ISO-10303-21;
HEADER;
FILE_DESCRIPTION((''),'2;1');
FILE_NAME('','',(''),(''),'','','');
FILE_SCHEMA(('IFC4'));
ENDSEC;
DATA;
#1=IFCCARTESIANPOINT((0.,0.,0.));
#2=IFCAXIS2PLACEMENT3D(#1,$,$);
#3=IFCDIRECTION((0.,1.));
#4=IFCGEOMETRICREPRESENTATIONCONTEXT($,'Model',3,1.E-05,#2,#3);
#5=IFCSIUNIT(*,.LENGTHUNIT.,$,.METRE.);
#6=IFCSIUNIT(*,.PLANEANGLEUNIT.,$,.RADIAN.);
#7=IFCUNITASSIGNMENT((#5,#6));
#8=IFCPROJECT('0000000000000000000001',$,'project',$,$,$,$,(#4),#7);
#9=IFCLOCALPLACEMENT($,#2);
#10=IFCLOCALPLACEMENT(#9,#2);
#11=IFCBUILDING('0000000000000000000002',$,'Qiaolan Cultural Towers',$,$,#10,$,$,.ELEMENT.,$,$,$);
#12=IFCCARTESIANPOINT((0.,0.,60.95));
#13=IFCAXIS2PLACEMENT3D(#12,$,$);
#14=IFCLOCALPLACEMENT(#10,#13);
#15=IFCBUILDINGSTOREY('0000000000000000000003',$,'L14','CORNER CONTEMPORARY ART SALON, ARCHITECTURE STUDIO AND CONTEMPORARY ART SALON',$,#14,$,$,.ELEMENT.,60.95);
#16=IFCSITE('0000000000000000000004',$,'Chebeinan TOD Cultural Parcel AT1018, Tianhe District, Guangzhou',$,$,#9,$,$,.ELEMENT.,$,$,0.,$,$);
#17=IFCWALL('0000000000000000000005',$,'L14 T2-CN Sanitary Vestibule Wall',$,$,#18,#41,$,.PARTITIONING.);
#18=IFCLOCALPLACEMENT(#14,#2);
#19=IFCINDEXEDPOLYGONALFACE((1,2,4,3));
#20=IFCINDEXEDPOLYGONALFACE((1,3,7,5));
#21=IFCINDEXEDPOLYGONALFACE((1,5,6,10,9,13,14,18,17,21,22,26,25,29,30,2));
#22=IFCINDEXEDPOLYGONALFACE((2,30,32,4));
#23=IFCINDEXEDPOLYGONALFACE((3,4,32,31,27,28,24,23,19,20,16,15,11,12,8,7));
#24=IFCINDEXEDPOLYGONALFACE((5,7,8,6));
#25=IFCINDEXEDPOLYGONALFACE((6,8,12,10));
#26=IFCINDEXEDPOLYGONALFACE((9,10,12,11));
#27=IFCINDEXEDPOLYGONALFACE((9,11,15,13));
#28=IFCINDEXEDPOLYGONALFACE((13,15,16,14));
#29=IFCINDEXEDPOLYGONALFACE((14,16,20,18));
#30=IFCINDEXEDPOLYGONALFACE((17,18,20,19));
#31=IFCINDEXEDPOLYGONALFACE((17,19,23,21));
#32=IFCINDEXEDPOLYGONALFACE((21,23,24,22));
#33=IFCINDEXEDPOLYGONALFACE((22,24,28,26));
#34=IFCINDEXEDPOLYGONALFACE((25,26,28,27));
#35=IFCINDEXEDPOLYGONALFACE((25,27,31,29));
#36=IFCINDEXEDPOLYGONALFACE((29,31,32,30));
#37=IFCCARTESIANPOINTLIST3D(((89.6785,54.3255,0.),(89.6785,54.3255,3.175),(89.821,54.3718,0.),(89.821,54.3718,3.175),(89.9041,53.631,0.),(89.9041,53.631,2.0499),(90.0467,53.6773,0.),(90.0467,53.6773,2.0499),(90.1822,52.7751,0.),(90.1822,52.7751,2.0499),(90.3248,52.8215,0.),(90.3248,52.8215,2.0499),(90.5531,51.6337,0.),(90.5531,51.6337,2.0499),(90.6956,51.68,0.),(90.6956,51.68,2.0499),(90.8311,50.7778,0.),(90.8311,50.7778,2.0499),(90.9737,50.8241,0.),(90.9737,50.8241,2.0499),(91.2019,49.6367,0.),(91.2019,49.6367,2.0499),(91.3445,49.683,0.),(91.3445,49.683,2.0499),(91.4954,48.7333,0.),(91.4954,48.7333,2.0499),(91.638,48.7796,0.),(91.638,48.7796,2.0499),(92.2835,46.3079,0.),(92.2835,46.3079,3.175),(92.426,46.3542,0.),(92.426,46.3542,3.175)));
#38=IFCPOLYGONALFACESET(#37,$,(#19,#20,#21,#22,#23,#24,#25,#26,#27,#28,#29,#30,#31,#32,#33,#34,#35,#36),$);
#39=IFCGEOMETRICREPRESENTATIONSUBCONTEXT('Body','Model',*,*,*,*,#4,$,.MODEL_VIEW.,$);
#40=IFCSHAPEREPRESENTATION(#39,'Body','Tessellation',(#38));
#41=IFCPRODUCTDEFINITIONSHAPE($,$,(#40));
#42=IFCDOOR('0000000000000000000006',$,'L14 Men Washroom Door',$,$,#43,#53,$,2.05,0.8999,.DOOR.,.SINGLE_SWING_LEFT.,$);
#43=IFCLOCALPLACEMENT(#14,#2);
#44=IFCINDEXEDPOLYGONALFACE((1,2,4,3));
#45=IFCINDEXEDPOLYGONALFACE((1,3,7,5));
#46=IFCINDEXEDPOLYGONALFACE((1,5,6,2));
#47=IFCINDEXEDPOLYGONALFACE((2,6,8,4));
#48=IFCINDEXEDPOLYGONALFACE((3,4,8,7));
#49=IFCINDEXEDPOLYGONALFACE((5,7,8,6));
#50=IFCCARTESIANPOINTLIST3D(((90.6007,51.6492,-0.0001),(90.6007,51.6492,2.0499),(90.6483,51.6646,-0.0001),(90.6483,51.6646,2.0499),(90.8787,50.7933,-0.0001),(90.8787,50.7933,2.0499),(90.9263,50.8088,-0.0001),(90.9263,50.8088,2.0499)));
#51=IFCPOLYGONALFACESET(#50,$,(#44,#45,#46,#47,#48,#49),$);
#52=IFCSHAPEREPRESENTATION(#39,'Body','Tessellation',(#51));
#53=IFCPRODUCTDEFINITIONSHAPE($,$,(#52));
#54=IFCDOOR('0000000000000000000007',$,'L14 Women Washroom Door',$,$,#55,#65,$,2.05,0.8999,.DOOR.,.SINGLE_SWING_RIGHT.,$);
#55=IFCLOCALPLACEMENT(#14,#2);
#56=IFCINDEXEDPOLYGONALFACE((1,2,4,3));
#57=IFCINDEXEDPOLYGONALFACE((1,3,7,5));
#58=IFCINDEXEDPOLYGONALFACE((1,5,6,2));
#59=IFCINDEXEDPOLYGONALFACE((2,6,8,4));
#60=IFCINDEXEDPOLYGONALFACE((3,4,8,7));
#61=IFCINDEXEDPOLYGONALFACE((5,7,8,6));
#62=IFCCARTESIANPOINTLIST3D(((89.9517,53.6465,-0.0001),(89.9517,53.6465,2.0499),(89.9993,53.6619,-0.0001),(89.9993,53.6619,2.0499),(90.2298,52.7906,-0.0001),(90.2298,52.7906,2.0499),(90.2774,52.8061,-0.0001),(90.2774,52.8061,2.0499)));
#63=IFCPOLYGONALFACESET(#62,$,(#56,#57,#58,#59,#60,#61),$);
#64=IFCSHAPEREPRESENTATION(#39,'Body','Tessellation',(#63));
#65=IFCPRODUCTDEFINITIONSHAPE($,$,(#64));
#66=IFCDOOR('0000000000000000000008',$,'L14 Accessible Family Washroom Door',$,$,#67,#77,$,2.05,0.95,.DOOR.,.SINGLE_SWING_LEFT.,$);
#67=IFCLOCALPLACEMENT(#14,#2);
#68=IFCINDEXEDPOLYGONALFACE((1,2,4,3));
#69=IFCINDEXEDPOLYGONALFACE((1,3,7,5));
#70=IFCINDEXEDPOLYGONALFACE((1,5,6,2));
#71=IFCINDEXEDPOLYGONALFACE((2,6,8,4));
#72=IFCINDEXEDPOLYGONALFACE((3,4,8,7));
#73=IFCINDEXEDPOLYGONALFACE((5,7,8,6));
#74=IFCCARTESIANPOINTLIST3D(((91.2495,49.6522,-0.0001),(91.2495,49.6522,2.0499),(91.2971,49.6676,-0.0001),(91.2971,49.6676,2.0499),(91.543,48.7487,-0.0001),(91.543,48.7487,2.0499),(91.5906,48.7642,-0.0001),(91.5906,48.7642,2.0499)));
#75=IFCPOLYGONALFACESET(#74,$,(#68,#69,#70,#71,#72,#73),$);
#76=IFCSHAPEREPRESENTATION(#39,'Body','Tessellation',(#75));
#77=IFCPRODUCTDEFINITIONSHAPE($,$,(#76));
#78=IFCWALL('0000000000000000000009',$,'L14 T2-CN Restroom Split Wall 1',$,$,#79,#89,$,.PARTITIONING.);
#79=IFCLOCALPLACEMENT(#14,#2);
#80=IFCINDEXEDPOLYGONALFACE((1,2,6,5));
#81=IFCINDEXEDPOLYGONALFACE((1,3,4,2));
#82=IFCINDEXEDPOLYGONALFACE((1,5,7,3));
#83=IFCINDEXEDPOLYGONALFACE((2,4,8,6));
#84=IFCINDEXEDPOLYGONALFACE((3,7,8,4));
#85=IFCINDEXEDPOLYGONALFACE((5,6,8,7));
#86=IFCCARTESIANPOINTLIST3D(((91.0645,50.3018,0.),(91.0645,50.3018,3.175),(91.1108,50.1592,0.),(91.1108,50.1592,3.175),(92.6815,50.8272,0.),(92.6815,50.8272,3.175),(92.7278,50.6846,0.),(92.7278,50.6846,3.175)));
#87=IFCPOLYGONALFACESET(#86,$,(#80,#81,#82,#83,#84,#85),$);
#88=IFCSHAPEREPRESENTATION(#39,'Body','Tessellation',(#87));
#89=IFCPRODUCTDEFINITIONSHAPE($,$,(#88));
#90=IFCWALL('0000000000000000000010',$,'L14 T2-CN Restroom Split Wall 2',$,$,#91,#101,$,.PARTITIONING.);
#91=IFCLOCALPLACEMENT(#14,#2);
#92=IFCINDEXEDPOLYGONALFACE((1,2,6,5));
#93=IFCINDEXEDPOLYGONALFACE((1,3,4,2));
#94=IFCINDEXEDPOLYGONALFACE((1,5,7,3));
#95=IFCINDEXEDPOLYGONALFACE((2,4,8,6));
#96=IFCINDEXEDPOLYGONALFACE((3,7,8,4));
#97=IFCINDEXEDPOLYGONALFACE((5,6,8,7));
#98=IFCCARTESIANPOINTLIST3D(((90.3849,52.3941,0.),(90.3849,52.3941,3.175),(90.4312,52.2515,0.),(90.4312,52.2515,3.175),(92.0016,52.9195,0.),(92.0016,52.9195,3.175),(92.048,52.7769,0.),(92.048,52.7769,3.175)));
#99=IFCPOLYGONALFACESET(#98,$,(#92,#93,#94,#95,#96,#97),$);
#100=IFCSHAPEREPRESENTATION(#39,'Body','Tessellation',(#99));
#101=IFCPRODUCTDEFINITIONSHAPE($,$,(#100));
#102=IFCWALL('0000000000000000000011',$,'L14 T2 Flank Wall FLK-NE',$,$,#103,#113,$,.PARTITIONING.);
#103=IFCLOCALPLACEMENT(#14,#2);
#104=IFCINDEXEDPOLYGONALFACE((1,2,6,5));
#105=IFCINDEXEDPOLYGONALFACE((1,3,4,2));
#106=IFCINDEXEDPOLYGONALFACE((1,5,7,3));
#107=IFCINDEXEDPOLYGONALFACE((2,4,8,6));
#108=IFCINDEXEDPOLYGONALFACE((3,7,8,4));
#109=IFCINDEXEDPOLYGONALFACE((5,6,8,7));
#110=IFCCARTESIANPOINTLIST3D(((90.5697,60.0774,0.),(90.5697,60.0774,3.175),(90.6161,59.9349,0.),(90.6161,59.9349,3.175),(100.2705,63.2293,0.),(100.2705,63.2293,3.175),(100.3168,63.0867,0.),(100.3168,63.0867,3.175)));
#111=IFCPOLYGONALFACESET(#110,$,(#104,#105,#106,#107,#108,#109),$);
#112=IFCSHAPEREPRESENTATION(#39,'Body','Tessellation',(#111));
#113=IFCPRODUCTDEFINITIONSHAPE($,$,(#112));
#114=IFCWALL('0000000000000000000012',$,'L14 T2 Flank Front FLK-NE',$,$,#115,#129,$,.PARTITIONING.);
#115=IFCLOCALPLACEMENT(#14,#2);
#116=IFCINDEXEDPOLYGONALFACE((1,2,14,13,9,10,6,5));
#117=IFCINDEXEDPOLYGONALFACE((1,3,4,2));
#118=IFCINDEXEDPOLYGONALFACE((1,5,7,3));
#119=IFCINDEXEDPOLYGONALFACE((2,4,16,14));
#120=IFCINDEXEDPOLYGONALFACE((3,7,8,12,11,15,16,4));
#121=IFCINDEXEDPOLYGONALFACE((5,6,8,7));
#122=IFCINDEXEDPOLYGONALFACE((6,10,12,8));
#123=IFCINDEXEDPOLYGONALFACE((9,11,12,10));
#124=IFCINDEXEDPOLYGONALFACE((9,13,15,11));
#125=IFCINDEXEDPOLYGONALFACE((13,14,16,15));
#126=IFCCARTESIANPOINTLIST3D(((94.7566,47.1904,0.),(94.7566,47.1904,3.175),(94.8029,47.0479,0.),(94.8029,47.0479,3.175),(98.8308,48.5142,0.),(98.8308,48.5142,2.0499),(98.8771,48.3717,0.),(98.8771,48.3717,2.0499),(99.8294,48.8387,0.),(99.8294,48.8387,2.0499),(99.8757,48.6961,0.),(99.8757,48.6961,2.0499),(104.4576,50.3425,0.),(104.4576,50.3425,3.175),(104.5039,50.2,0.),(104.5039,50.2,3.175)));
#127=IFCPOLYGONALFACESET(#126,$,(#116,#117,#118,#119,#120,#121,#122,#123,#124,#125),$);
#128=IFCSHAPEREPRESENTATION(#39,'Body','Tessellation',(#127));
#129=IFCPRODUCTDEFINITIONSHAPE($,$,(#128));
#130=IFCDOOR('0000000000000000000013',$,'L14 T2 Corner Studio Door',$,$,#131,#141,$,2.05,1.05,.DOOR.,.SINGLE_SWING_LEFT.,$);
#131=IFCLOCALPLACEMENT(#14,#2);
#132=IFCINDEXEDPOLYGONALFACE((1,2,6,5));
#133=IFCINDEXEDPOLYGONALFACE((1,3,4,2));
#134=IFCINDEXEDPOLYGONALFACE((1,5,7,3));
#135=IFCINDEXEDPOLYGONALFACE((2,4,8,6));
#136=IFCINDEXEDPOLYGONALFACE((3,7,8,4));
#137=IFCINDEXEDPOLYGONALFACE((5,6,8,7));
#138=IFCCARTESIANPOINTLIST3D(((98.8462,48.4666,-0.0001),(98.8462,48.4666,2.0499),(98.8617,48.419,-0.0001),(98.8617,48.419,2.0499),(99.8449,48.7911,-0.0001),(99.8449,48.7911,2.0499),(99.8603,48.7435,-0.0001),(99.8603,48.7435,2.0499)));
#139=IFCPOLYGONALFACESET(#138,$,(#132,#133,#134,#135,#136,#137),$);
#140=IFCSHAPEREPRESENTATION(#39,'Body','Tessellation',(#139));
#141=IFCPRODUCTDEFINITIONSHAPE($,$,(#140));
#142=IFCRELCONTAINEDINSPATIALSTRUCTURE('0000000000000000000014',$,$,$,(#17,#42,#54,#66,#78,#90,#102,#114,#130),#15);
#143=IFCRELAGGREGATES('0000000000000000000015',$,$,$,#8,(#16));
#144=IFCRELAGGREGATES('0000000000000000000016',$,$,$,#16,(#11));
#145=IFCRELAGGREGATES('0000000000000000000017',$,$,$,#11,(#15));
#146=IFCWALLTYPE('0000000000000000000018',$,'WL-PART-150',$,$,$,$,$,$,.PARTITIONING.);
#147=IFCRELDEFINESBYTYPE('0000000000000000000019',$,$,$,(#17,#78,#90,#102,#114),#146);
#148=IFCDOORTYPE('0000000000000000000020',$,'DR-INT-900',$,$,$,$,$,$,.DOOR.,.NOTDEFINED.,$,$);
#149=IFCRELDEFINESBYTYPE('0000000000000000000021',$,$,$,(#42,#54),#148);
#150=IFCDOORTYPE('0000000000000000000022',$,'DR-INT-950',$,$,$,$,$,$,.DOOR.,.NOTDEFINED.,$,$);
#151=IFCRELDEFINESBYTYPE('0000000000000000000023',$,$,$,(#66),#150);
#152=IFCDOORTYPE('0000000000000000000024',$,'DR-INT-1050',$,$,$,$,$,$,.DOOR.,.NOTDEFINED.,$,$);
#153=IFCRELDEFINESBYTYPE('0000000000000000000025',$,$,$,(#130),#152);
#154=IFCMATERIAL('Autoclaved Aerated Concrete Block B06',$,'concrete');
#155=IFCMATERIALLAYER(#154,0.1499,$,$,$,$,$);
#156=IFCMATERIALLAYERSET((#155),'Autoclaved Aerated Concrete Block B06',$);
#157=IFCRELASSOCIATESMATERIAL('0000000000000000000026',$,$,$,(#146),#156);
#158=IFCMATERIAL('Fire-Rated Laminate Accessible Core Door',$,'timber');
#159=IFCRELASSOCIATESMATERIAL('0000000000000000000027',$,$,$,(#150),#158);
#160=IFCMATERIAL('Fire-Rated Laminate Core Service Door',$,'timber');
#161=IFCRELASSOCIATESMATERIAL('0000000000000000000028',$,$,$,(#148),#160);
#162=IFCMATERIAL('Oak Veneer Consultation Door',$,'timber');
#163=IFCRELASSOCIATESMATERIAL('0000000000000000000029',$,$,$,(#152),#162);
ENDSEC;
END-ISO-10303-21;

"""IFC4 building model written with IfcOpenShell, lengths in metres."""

from ifc_helpers import new_model, si_unit, direction, frame, frame_2d, origin, place, context, subcontext, project, spatial, rectangle, extrude, material, layer, layer_set, type_object, element, fill, save


model = new_model("IFC4")

# Units and contexts
model_context = context("Model", 3, precision=1e-05, world=origin(), true_north=direction((0.0, 1.0)))
body_context = subcontext(model_context, "Body", "Model", "MODEL_VIEW")
ifc_project = project(units=[si_unit("LENGTHUNIT", "METRE"), si_unit("PLANEANGLEUNIT", "RADIAN")], contexts=[model_context])

# Site, building, storey
site_placement = place(None, origin())
site = spatial("IfcSite", under=ifc_project, at=site_placement, Name="Chebeinan TOD Cultural Parcel AT1018, Tianhe District, Guangzhou", CompositionType="ELEMENT", RefElevation=0.0)
building_placement = place(site_placement, origin())
building = spatial("IfcBuilding", under=site, at=building_placement, Name="Qiaolan Cultural Towers", CompositionType="ELEMENT")
storey_placement = place(building_placement, frame((0.0, 0.0, 60.95)))
storey = spatial("IfcBuildingStorey", under=building, at=storey_placement, Name="L14", Description="CORNER CONTEMPORARY ART SALON, ARCHITECTURE STUDIO AND CONTEMPORARY ART SALON", CompositionType="ELEMENT", Elevation=60.95)

# Shared definitions
ifc_material_1 = material(Name="Autoclaved Aerated Concrete Block B06", Category="concrete")
ifc_layer_1 = layer(ifc_material_1, 0.1499)
ifc_layer_set_1 = layer_set([ifc_layer_1], Name="Autoclaved Aerated Concrete Block B06")
wall_type_1 = type_object("IfcWallType", Name="WL-PART-150", PredefinedType="PARTITIONING", material=ifc_layer_set_1)
ifc_material_2 = material(Name="Fire-Rated Laminate Accessible Core Door", Category="timber")
door_type_1 = type_object("IfcDoorType", Name="DR-INT-950", OperationType="NOTDEFINED", PredefinedType="DOOR", material=ifc_material_2)

# Wall, openings, doors
wall_1_placement = place(storey_placement, frame((92.3547, 46.3311, 0.0), z_axis=(0.0, 0.0, 1.0), x_axis=(-0.309007, 0.95106, 0.0)))
wall_1 = element("IfcWall", 1, at=wall_1_placement, inside=storey, type_object=wall_type_1, Name="L14 T2-CN Sanitary Vestibule Wall", PredefinedType="PARTITIONING", context=body_context, shape_type="SweptSolid", body=[
    extrude(rectangle(XDim=8.4302, YDim=0.1499, at=frame_2d((4.2151, 0.0))), origin(), (0.0, 0.0, 1.0), 3.175),
])
opening_1_placement = place(wall_1_placement, frame((2.55, 0.0, 0.0)))
opening_1 = element("IfcOpeningElement", 2, at=opening_1_placement, cuts=wall_1, PredefinedType="OPENING", context=body_context, shape_type="SweptSolid", body=[
    extrude(rectangle(XDim=0.95, YDim=2.05, at=frame_2d((0.4751, 1.0249))), frame((0.0, 0.085, 0.0), z_axis=(0.0, -1.0, 0.0), x_axis=(1.0, 0.0, 0.0)), (0.0, 0.0, 1.0), 0.1699),
])
opening_2_placement = place(wall_1_placement, frame((4.7, 0.0, 0.0)))
opening_2 = element("IfcOpeningElement", 3, at=opening_2_placement, cuts=wall_1, PredefinedType="OPENING", context=body_context, shape_type="SweptSolid", body=[
    extrude(rectangle(XDim=0.8999, YDim=2.05, at=frame_2d((0.45, 1.0249))), frame((0.0, 0.085, 0.0), z_axis=(0.0, -1.0, 0.0), x_axis=(1.0, 0.0, 0.0)), (0.0, 0.0, 1.0), 0.1699),
])
opening_3_placement = place(wall_1_placement, frame((6.8, 0.0, 0.0)))
opening_3 = element("IfcOpeningElement", 4, at=opening_3_placement, cuts=wall_1, PredefinedType="OPENING", context=body_context, shape_type="SweptSolid", body=[
    extrude(rectangle(XDim=0.8999, YDim=2.05, at=frame_2d((0.45, 1.0249))), frame((0.0, 0.085, 0.0), z_axis=(0.0, -1.0, 0.0), x_axis=(1.0, 0.0, 0.0)), (0.0, 0.0, 1.0), 0.1699),
])
ifc_material_3 = material(Name="Fire-Rated Laminate Core Service Door", Category="timber")
door_type_2 = type_object("IfcDoorType", Name="DR-INT-900", OperationType="NOTDEFINED", PredefinedType="DOOR", material=ifc_material_3)
door_1_placement = place(opening_2_placement, origin())
door_1 = element("IfcDoor", 5, at=door_1_placement, inside=storey, type_object=door_type_2, Name="L14 Men Washroom Door", OperationType="SINGLE_SWING_LEFT", OverallHeight=2.05, OverallWidth=0.8999, PredefinedType="DOOR", context=body_context, shape_type="SweptSolid", body=[
    extrude(rectangle(XDim=0.8999, YDim=2.05, at=frame_2d((0.45, 1.0249))), frame((0.0, 0.0249, 0.0), z_axis=(0.0, -1.0, 0.0), x_axis=(1.0, 0.0, 0.0)), (0.0, 0.0, 1.0), 0.05),
])
fill(opening_2, door_1)
door_2_placement = place(opening_3_placement, origin())
door_2 = element("IfcDoor", 6, at=door_2_placement, inside=storey, type_object=door_type_2, Name="L14 Women Washroom Door", OperationType="SINGLE_SWING_RIGHT", OverallHeight=2.05, OverallWidth=0.8999, PredefinedType="DOOR", context=body_context, shape_type="SweptSolid", body=[
    extrude(rectangle(XDim=0.8999, YDim=2.05, at=frame_2d((0.45, 1.0249))), frame((0.0, 0.0249, 0.0), z_axis=(0.0, -1.0, 0.0), x_axis=(1.0, 0.0, 0.0)), (0.0, 0.0, 1.0), 0.05),
])
fill(opening_3, door_2)
door_3_placement = place(opening_1_placement, origin())
door_3 = element("IfcDoor", 7, at=door_3_placement, inside=storey, type_object=door_type_1, Name="L14 Accessible Family Washroom Door", OperationType="SINGLE_SWING_LEFT", OverallHeight=2.05, OverallWidth=0.95, PredefinedType="DOOR", context=body_context, shape_type="SweptSolid", body=[
    extrude(rectangle(XDim=0.95, YDim=2.05, at=frame_2d((0.4751, 1.0249))), frame((0.0, 0.0249, 0.0), z_axis=(0.0, -1.0, 0.0), x_axis=(1.0, 0.0, 0.0)), (0.0, 0.0, 1.0), 0.05),
])
fill(opening_1, door_3)

# Walls
wall_2_placement = place(storey_placement, frame((91.0876, 50.2305, 0.0), z_axis=(0.0, 0.0, 1.0), x_axis=(0.951054, 0.309024, 0.0)))
element("IfcWall", 8, at=wall_2_placement, inside=storey, type_object=wall_type_1, Name="L14 T2-CN Restroom Split Wall 1", PredefinedType="PARTITIONING", context=body_context, shape_type="SweptSolid", body=[
    extrude(rectangle(XDim=1.7002, YDim=0.1499, at=frame_2d((0.8501, 0.0))), origin(), (0.0, 0.0, 1.0), 3.175),
])
wall_3_placement = place(storey_placement, frame((90.408, 52.3228, 0.0), z_axis=(0.0, 0.0, 1.0), x_axis=(0.95104, 0.309067, 0.0)))
element("IfcWall", 9, at=wall_3_placement, inside=storey, type_object=wall_type_1, Name="L14 T2-CN Restroom Split Wall 2", PredefinedType="PARTITIONING", context=body_context, shape_type="SweptSolid", body=[
    extrude(rectangle(XDim=1.7, YDim=0.1499, at=frame_2d((0.8501, 0.0))), origin(), (0.0, 0.0, 1.0), 3.175),
])
wall_4_placement = place(storey_placement, frame((90.5928, 60.0061, 0.0), z_axis=(0.0, 0.0, 1.0), x_axis=(0.951059, 0.309009, 0.0)))
element("IfcWall", 10, at=wall_4_placement, inside=storey, type_object=wall_type_1, Name="L14 T2 Flank Wall FLK-NE", PredefinedType="PARTITIONING", context=body_context, shape_type="SweptSolid", body=[
    extrude(rectangle(XDim=10.2, YDim=0.1499, at=frame_2d((5.1001, 0.0))), origin(), (0.0, 0.0, 1.0), 3.175),
])

# Wall, opening, door
wall_5_placement = place(storey_placement, frame((94.7798, 47.1191, 0.0), z_axis=(0.0, 0.0, 1.0), x_axis=(0.951054, 0.309024, 0.0)))
wall_5 = element("IfcWall", 11, at=wall_5_placement, inside=storey, type_object=wall_type_1, Name="L14 T2 Flank Front FLK-NE", PredefinedType="PARTITIONING", context=body_context, shape_type="SweptSolid", body=[
    extrude(rectangle(XDim=10.2002, YDim=0.1499, at=frame_2d((5.1001, 0.0))), origin(), (0.0, 0.0, 1.0), 3.175),
])
opening_4_placement = place(wall_5_placement, frame((4.2839, 0.0, 0.0)))
opening_4 = element("IfcOpeningElement", 12, at=opening_4_placement, cuts=wall_5, PredefinedType="OPENING", context=body_context, shape_type="SweptSolid", body=[
    extrude(rectangle(XDim=1.05, YDim=2.05, at=frame_2d((0.5249, 1.0249))), frame((0.0, 0.085, 0.0), z_axis=(0.0, -1.0, 0.0), x_axis=(1.0, 0.0, 0.0)), (0.0, 0.0, 1.0), 0.1699),
])
ifc_material_4 = material(Name="Oak Veneer Consultation Door", Category="timber")
door_type_3 = type_object("IfcDoorType", Name="DR-INT-1050", OperationType="NOTDEFINED", PredefinedType="DOOR", material=ifc_material_4)
door_4_placement = place(opening_4_placement, origin())
door_4 = element("IfcDoor", 13, at=door_4_placement, inside=storey, type_object=door_type_3, Name="L14 T2 Corner Studio Door", OperationType="SINGLE_SWING_LEFT", OverallHeight=2.05, OverallWidth=1.05, PredefinedType="DOOR", context=body_context, shape_type="SweptSolid", body=[
    extrude(rectangle(XDim=1.05, YDim=2.05, at=frame_2d((0.5249, 1.0249))), frame((0.0, 0.0249, 0.0), z_axis=(0.0, -1.0, 0.0), x_axis=(1.0, 0.0, 0.0)), (0.0, 0.0, 1.0), 0.05),
])
fill(opening_4, door_4)

save(model, "model.ifc")
